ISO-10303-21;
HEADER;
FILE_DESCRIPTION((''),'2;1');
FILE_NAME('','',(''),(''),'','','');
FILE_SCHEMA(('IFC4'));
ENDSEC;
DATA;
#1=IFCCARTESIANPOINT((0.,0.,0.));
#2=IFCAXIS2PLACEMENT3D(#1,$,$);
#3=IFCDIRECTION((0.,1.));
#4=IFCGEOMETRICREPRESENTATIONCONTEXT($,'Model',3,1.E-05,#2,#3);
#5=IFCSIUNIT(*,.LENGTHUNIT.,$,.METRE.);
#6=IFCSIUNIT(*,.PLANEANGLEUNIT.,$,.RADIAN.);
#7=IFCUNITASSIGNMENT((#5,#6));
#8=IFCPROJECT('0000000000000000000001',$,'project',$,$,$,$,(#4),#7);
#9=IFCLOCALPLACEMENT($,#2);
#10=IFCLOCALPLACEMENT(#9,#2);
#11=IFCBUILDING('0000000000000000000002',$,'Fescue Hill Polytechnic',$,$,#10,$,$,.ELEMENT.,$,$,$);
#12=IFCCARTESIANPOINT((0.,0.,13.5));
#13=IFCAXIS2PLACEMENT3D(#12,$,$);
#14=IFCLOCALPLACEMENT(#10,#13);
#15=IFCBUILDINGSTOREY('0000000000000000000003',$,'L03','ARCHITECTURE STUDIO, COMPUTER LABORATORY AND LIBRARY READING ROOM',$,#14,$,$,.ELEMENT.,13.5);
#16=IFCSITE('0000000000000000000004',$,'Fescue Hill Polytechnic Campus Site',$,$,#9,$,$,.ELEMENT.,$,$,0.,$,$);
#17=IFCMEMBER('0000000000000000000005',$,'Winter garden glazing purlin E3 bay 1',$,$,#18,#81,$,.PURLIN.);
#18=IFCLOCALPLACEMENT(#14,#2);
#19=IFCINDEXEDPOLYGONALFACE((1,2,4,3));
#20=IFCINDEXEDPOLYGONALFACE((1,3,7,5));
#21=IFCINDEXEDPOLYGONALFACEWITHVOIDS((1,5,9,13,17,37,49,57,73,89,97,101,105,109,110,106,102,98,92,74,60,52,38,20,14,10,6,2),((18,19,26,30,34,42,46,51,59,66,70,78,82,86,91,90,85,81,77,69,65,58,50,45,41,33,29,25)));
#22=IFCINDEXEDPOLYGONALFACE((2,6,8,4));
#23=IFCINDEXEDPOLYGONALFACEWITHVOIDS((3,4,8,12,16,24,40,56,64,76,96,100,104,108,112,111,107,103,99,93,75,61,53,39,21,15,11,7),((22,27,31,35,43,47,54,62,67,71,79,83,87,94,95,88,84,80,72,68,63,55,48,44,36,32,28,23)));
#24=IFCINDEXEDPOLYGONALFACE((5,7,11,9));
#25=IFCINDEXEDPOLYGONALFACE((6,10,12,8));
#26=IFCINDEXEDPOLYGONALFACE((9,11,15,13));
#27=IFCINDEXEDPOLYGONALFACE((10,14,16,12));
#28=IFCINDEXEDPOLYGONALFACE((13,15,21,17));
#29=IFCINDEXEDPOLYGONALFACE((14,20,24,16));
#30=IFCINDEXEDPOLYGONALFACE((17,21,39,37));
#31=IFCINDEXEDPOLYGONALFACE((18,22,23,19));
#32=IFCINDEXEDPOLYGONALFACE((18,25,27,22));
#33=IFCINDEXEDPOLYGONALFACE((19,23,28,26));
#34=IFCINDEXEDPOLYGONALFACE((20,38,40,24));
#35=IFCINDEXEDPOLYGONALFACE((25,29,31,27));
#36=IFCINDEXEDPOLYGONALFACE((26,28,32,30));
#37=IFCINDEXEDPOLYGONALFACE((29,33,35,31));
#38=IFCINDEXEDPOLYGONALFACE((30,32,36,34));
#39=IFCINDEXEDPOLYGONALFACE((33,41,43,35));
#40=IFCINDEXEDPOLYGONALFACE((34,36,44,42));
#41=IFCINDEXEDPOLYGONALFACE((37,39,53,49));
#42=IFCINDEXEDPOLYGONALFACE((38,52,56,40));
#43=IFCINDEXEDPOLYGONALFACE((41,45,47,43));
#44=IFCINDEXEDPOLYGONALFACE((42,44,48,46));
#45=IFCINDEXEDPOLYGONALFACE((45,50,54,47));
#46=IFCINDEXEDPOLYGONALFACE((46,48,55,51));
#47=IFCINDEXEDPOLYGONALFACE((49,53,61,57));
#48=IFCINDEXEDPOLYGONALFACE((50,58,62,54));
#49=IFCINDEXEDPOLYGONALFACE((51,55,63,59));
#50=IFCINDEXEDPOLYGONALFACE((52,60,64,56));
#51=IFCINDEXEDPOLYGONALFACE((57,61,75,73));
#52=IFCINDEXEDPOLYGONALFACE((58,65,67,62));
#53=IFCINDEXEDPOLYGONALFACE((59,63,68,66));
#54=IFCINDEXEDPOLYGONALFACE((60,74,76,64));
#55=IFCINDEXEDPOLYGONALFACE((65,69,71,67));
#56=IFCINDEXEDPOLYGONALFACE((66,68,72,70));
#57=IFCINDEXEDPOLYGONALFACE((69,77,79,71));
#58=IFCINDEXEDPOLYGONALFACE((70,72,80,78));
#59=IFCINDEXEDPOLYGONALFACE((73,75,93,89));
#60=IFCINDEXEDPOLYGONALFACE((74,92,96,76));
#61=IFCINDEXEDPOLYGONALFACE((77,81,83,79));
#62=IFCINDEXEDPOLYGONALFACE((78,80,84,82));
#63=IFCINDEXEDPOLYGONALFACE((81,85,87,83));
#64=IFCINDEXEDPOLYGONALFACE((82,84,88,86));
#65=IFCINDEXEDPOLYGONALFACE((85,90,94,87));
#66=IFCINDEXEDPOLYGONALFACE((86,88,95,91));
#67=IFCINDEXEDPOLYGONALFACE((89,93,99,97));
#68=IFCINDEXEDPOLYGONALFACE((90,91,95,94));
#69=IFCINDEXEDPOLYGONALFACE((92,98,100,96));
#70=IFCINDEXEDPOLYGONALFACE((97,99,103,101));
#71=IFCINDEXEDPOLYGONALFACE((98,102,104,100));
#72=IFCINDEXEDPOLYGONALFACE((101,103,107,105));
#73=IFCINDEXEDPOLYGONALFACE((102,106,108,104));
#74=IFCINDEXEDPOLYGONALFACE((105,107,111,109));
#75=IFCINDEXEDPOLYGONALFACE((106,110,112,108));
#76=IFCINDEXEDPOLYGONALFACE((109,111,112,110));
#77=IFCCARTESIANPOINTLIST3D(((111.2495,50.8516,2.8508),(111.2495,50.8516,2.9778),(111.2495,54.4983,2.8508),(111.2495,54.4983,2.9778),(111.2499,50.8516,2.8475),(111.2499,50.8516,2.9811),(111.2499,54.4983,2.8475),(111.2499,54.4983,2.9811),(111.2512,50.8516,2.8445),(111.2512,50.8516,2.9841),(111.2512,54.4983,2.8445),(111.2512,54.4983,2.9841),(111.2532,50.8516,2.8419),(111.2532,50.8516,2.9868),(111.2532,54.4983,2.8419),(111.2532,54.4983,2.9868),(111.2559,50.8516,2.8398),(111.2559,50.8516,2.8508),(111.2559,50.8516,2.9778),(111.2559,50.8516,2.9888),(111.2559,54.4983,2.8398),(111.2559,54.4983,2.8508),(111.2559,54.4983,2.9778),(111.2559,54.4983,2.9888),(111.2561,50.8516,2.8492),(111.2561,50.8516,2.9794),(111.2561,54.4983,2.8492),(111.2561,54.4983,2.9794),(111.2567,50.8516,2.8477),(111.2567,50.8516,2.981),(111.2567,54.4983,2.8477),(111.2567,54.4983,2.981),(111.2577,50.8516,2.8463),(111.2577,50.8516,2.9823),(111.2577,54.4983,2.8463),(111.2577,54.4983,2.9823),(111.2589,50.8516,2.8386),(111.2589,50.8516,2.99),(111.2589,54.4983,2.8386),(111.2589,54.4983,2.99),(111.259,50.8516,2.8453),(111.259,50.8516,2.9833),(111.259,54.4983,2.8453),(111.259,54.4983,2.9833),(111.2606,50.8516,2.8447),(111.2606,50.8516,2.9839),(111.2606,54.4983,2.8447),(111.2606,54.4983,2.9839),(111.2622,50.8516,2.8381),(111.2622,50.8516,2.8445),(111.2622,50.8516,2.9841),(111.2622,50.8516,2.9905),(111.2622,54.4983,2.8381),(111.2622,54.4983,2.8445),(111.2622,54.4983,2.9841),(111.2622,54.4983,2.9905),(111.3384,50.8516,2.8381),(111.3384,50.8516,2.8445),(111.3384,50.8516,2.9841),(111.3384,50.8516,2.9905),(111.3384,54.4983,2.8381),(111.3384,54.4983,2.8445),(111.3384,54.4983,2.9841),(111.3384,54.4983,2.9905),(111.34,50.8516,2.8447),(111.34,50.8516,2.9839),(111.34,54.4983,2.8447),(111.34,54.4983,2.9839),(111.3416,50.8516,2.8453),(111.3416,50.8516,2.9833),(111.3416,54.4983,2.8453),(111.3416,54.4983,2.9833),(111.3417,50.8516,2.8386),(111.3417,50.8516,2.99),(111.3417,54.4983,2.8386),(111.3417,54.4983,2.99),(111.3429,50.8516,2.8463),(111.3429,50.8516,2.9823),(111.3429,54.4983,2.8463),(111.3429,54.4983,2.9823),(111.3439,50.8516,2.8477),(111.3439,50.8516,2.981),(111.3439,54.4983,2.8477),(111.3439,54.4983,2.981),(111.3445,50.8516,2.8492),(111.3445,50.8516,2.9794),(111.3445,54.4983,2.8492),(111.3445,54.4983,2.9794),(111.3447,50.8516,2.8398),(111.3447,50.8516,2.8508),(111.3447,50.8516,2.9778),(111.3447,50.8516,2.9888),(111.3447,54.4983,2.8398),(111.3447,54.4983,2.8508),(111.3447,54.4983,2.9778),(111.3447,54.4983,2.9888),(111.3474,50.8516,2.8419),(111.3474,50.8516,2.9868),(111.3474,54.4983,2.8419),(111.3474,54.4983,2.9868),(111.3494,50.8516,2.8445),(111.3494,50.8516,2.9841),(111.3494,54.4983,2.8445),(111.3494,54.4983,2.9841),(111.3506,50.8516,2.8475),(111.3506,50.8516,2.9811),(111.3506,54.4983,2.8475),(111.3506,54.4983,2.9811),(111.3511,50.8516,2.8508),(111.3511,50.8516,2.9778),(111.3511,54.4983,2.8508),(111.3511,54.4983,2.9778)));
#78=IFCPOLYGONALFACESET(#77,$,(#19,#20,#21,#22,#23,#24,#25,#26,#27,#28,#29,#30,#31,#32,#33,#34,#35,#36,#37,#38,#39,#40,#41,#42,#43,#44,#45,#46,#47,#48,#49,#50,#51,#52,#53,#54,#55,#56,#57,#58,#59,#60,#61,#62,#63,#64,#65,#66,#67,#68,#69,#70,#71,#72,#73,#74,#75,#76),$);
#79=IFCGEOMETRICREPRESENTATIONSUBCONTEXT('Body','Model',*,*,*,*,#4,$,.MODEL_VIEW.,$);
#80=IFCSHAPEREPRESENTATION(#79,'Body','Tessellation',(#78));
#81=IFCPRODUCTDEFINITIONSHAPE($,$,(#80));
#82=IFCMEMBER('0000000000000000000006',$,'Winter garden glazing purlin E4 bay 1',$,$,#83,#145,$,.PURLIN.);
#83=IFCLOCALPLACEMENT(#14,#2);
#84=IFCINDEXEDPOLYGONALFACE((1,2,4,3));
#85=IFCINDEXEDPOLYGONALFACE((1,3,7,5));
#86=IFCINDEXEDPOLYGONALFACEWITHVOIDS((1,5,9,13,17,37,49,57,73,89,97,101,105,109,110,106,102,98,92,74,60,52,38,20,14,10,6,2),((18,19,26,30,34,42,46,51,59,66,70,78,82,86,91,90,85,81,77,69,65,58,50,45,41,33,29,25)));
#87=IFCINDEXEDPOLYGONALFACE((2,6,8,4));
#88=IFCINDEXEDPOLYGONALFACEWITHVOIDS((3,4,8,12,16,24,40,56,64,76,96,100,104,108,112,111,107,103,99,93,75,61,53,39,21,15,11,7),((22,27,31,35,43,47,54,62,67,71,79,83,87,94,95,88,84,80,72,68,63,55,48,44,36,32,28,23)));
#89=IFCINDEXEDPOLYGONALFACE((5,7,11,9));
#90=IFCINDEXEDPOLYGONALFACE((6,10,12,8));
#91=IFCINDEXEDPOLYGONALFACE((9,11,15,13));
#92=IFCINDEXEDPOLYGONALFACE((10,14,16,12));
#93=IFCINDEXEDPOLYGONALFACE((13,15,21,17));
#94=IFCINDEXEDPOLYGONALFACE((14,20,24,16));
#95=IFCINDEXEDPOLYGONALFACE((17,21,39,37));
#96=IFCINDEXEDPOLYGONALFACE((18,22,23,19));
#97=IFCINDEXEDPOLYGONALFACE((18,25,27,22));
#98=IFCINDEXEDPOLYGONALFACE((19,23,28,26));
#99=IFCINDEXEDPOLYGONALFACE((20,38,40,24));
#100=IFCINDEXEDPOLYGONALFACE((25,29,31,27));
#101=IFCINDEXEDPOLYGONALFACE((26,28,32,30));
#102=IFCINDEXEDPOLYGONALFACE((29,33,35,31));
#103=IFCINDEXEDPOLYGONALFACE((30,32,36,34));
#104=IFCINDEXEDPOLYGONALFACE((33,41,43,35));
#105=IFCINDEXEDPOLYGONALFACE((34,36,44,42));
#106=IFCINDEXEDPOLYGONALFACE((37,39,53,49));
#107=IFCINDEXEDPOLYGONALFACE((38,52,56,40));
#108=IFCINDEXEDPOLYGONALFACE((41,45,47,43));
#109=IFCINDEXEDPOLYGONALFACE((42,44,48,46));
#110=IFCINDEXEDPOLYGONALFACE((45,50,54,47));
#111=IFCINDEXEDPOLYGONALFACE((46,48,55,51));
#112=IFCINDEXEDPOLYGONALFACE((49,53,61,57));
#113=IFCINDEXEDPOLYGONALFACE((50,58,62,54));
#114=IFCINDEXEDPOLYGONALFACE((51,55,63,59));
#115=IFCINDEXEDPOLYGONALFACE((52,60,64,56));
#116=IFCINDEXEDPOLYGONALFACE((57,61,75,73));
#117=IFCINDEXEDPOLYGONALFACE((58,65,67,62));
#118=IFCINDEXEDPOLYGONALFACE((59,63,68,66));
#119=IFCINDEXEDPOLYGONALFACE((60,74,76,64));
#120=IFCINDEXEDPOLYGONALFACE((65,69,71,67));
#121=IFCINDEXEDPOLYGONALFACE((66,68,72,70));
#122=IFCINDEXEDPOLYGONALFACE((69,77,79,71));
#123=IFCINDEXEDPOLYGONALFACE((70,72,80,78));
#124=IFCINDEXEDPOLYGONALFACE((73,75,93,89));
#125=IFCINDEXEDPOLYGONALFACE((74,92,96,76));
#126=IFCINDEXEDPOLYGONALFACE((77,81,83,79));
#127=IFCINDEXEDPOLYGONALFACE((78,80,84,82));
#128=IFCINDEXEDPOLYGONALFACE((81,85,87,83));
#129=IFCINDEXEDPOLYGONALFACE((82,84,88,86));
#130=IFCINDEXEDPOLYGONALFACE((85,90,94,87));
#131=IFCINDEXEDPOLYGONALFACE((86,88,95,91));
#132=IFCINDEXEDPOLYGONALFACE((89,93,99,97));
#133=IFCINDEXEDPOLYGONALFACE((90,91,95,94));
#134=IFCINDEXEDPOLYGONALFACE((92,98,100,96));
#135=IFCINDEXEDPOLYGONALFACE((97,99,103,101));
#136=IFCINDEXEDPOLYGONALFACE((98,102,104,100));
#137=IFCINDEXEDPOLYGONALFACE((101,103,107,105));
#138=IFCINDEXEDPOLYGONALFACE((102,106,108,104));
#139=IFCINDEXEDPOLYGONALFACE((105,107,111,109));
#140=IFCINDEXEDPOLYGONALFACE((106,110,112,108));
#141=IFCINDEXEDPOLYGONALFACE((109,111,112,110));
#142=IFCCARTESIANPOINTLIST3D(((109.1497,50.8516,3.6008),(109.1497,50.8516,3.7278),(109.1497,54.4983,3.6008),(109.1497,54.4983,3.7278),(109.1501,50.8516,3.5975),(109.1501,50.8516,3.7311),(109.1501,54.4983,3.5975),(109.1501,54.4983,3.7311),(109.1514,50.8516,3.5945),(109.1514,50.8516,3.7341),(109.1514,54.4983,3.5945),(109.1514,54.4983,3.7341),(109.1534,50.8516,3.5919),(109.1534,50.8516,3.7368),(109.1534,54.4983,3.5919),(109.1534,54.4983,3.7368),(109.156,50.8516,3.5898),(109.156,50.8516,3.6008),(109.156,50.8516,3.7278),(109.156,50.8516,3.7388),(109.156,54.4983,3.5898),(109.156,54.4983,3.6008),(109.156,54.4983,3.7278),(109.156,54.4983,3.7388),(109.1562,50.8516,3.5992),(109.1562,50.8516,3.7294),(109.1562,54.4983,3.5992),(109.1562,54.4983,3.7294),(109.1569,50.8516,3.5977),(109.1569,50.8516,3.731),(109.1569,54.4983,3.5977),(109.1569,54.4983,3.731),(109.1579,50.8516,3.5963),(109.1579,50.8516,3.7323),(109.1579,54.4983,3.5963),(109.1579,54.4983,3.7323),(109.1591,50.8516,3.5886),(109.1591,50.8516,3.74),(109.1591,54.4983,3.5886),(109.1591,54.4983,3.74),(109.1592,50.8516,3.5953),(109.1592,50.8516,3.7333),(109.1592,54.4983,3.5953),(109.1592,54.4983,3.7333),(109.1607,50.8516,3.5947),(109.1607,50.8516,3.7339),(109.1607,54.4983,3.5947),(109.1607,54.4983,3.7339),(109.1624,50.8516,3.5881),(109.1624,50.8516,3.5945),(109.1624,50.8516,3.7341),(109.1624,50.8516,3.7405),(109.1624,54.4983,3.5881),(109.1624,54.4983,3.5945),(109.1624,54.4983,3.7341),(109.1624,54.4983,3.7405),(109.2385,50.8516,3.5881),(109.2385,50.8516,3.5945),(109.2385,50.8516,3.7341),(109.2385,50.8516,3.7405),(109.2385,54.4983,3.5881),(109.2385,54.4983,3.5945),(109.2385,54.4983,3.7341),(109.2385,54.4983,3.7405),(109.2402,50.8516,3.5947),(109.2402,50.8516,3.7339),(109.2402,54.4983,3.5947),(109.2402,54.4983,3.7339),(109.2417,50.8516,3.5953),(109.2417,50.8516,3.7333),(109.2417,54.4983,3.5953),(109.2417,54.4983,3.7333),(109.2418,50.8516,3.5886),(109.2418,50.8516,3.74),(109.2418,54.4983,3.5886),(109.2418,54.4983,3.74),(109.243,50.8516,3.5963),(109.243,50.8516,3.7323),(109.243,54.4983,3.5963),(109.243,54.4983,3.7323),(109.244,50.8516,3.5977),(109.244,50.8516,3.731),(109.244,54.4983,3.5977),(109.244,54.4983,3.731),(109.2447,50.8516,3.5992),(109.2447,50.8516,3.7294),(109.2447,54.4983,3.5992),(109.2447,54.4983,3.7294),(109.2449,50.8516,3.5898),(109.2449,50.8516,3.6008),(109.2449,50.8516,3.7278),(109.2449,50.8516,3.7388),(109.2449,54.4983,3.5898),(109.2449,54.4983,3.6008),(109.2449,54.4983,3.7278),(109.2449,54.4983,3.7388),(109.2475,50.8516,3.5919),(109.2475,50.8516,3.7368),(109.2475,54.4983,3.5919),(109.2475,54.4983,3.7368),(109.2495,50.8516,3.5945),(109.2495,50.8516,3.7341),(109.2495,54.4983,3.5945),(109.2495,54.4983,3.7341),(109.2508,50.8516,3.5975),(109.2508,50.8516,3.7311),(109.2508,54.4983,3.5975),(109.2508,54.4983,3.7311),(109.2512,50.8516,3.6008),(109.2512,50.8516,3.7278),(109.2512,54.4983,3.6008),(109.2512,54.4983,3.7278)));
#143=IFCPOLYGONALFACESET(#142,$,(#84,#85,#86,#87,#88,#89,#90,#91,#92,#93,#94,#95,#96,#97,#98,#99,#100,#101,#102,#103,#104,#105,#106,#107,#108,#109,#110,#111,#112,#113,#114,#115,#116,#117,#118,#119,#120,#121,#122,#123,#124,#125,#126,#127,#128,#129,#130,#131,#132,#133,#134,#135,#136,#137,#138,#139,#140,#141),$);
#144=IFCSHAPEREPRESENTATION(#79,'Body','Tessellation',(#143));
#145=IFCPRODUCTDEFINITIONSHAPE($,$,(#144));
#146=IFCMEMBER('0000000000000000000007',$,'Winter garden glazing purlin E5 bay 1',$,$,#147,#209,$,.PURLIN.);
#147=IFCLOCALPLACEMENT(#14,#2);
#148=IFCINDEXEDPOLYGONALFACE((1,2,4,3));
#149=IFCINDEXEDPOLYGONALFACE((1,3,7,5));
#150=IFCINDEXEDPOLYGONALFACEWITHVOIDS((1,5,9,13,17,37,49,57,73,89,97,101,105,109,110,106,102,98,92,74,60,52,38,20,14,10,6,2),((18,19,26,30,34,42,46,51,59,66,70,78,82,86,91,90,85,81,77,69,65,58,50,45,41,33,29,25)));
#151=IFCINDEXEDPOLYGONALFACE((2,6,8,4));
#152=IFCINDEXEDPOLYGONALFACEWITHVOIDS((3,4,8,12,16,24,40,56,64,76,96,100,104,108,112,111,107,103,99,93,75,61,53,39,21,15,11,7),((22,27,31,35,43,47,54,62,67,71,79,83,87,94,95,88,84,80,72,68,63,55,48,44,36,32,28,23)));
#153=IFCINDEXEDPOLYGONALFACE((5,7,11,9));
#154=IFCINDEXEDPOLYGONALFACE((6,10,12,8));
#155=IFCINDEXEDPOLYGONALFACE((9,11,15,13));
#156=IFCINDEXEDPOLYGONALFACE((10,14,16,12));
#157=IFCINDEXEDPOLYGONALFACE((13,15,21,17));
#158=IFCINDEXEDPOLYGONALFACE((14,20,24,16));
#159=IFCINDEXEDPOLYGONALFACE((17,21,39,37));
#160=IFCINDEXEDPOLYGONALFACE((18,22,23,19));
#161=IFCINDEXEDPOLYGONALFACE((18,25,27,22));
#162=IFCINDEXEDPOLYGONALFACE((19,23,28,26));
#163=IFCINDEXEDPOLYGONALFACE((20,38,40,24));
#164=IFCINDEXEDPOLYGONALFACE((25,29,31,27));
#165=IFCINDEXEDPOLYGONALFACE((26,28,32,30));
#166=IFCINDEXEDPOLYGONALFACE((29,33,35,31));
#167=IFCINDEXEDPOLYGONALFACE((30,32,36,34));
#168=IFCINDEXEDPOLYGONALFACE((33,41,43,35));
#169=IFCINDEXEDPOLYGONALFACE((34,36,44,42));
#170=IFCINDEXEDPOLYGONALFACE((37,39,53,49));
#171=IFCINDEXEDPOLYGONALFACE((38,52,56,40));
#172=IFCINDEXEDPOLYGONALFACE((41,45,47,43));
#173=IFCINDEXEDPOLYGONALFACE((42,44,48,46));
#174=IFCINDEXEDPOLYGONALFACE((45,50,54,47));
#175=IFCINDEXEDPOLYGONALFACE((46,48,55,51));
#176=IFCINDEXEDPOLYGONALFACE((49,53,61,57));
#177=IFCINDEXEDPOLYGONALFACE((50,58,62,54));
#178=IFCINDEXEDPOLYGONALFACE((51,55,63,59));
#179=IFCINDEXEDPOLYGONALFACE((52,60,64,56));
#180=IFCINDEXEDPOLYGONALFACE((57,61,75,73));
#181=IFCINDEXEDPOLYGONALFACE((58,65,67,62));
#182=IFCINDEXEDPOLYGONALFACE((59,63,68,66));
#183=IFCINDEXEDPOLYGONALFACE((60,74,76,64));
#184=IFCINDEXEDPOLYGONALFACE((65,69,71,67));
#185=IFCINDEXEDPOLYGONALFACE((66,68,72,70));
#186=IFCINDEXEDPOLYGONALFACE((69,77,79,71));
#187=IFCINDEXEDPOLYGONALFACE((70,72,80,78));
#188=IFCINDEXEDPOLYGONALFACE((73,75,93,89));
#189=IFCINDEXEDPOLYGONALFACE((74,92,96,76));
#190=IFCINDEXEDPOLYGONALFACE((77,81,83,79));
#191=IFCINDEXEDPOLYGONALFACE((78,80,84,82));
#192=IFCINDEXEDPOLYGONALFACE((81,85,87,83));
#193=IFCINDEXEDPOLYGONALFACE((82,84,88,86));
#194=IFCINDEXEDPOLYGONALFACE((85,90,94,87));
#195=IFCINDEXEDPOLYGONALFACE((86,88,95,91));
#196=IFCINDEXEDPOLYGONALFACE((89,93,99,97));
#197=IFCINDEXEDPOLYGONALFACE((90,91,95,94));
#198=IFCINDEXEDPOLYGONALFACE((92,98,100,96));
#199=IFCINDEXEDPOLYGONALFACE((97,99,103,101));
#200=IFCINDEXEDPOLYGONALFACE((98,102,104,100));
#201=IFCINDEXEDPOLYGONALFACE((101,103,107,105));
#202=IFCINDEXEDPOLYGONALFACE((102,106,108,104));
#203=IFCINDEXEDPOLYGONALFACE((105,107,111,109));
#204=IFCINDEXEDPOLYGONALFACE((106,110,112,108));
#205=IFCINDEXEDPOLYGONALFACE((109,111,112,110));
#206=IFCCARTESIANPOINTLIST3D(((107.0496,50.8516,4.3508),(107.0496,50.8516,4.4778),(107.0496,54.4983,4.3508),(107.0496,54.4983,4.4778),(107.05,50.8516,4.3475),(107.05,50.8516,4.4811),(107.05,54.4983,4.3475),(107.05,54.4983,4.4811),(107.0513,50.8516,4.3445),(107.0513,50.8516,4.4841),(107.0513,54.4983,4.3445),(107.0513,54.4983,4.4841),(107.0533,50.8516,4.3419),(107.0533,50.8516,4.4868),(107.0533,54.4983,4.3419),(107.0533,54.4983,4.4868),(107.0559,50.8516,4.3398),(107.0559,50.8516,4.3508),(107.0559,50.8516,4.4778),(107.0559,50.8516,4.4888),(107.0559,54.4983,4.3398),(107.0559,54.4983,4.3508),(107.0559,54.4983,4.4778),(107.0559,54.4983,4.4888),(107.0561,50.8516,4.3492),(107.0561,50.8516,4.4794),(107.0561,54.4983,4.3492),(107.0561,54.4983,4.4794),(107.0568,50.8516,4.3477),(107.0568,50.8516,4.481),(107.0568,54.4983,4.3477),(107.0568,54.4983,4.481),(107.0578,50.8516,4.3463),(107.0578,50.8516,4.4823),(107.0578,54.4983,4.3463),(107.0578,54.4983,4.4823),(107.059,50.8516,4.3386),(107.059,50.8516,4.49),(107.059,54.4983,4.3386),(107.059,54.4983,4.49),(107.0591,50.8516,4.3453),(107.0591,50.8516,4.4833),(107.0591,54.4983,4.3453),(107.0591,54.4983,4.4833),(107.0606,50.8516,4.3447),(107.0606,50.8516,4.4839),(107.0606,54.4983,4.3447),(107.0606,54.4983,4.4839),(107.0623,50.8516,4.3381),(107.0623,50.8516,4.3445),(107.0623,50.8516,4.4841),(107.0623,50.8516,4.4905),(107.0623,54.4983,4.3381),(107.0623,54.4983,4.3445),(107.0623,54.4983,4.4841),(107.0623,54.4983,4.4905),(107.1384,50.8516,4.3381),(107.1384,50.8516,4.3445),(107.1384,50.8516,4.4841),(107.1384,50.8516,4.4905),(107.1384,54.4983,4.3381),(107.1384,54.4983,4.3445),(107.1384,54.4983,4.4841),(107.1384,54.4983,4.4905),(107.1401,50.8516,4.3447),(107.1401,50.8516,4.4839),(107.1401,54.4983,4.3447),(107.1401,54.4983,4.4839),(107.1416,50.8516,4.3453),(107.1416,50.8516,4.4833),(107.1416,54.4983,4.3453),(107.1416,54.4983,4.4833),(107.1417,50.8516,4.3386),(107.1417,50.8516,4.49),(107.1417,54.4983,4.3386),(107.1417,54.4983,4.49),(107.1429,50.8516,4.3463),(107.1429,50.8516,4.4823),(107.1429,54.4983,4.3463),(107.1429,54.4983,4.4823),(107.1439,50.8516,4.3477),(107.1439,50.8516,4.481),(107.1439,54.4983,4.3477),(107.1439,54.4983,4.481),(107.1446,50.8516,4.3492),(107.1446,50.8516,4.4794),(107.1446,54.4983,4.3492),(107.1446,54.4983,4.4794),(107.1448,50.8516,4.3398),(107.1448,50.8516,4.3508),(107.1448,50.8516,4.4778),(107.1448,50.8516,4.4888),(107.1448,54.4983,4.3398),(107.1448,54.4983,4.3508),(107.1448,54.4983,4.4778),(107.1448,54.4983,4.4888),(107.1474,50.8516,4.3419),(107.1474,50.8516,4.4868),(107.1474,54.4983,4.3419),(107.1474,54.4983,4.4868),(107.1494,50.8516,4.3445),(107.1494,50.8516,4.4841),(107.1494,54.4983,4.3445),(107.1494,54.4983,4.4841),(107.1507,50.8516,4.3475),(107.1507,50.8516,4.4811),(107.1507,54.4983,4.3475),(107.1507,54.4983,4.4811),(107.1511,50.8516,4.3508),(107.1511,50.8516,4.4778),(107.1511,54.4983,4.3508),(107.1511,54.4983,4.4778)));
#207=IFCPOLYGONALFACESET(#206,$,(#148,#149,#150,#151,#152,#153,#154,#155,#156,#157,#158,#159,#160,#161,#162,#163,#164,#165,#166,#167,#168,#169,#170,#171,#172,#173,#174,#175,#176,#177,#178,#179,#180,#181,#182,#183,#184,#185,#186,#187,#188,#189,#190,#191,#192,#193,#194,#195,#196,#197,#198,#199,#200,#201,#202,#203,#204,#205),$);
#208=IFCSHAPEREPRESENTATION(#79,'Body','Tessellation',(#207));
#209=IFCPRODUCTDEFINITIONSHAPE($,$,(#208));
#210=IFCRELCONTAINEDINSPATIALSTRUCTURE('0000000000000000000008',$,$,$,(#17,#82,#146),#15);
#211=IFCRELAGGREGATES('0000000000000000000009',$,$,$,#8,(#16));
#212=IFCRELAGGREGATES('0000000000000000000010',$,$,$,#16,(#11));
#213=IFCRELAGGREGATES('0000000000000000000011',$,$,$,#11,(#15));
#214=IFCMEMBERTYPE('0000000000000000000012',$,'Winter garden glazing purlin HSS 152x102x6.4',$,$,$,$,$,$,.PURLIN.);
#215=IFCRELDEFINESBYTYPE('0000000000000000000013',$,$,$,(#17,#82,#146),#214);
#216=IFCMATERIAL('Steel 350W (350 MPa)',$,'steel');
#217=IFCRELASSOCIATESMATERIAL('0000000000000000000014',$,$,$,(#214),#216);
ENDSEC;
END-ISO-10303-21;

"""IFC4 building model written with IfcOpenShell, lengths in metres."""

from ifc_helpers import new_model, si_unit, direction, frame, origin, origin_2d, place, context, subcontext, project, spatial, hollow_rectangle, extrude, material, material_profile, profile_set, type_object, element, save


model = new_model("IFC4")

# Units and contexts
model_context = context("Model", 3, precision=1e-05, world=origin(), true_north=direction((0.0, 1.0)))
body_context = subcontext(model_context, "Body", "Model", "MODEL_VIEW")
ifc_project = project(units=[si_unit("LENGTHUNIT", "METRE"), si_unit("PLANEANGLEUNIT", "RADIAN")], contexts=[model_context])

# Site, building, storey
site_placement = place(None, origin())
site = spatial("IfcSite", under=ifc_project, at=site_placement, Name="Fescue Hill Polytechnic Campus Site", CompositionType="ELEMENT", RefElevation=0.0)
building_placement = place(site_placement, origin())
building = spatial("IfcBuilding", under=site, at=building_placement, Name="Fescue Hill Polytechnic", CompositionType="ELEMENT")
storey_placement = place(building_placement, frame((0.0, 0.0, 13.5)))
storey = spatial("IfcBuildingStorey", under=building, at=storey_placement, Name="L03", Description="ARCHITECTURE STUDIO, COMPUTER LABORATORY AND LIBRARY READING ROOM", CompositionType="ELEMENT", Elevation=13.5)

# Members
ifc_material_1 = material(Name="Steel 350W (350 MPa)", Category="steel")
ifc_material_profile_1 = material_profile(ifc_material_1, hollow_rectangle(XDim=0.1016, YDim=0.1523, WallThickness=0.0063, InnerFilletRadius=0.0063, OuterFilletRadius=0.0127, at=origin_2d()), Name="Winter garden glazing purlin HSS 152x102x6.4")
ifc_profile_set_1 = profile_set([ifc_material_profile_1], Name="Steel 350W (350 MPa)")
member_type_1 = type_object("IfcMemberType", Name="Winter garden glazing purlin HSS 152x102x6.4", PredefinedType="PURLIN", material=ifc_profile_set_1)
for number, where, z_axis, x_axis, name in (
    (1, (111.3003, 50.8516, 2.9143), (0.0, 1.0, 0.0), (-1.0, 0.0, 0.0), "Winter garden glazing purlin E3 bay 1"),
    (2, (109.2004, 50.8516, 3.6643), (0.0, 1.0, 0.0), (-1.0, 0.0, 0.0), "Winter garden glazing purlin E4 bay 1"),
    (3, (107.1003, 50.8516, 4.4143), (0.0, 1.0, 0.0), (-1.0, 0.0, 0.0), "Winter garden glazing purlin E5 bay 1"),
):
    element("IfcMember", number, at=place(storey_placement, frame(where, z_axis=z_axis, x_axis=x_axis)), inside=storey, type_object=member_type_1, Name=name, PredefinedType="PURLIN", context=body_context, shape_type="SweptSolid", body=[
        extrude(hollow_rectangle(XDim=0.1016, YDim=0.1523, WallThickness=0.0063, InnerFilletRadius=0.0063, OuterFilletRadius=0.0127, at=origin_2d()), origin(), (0.0, 0.0, 1.0), 3.6467),
    ])

save(model, "model.ifc")
